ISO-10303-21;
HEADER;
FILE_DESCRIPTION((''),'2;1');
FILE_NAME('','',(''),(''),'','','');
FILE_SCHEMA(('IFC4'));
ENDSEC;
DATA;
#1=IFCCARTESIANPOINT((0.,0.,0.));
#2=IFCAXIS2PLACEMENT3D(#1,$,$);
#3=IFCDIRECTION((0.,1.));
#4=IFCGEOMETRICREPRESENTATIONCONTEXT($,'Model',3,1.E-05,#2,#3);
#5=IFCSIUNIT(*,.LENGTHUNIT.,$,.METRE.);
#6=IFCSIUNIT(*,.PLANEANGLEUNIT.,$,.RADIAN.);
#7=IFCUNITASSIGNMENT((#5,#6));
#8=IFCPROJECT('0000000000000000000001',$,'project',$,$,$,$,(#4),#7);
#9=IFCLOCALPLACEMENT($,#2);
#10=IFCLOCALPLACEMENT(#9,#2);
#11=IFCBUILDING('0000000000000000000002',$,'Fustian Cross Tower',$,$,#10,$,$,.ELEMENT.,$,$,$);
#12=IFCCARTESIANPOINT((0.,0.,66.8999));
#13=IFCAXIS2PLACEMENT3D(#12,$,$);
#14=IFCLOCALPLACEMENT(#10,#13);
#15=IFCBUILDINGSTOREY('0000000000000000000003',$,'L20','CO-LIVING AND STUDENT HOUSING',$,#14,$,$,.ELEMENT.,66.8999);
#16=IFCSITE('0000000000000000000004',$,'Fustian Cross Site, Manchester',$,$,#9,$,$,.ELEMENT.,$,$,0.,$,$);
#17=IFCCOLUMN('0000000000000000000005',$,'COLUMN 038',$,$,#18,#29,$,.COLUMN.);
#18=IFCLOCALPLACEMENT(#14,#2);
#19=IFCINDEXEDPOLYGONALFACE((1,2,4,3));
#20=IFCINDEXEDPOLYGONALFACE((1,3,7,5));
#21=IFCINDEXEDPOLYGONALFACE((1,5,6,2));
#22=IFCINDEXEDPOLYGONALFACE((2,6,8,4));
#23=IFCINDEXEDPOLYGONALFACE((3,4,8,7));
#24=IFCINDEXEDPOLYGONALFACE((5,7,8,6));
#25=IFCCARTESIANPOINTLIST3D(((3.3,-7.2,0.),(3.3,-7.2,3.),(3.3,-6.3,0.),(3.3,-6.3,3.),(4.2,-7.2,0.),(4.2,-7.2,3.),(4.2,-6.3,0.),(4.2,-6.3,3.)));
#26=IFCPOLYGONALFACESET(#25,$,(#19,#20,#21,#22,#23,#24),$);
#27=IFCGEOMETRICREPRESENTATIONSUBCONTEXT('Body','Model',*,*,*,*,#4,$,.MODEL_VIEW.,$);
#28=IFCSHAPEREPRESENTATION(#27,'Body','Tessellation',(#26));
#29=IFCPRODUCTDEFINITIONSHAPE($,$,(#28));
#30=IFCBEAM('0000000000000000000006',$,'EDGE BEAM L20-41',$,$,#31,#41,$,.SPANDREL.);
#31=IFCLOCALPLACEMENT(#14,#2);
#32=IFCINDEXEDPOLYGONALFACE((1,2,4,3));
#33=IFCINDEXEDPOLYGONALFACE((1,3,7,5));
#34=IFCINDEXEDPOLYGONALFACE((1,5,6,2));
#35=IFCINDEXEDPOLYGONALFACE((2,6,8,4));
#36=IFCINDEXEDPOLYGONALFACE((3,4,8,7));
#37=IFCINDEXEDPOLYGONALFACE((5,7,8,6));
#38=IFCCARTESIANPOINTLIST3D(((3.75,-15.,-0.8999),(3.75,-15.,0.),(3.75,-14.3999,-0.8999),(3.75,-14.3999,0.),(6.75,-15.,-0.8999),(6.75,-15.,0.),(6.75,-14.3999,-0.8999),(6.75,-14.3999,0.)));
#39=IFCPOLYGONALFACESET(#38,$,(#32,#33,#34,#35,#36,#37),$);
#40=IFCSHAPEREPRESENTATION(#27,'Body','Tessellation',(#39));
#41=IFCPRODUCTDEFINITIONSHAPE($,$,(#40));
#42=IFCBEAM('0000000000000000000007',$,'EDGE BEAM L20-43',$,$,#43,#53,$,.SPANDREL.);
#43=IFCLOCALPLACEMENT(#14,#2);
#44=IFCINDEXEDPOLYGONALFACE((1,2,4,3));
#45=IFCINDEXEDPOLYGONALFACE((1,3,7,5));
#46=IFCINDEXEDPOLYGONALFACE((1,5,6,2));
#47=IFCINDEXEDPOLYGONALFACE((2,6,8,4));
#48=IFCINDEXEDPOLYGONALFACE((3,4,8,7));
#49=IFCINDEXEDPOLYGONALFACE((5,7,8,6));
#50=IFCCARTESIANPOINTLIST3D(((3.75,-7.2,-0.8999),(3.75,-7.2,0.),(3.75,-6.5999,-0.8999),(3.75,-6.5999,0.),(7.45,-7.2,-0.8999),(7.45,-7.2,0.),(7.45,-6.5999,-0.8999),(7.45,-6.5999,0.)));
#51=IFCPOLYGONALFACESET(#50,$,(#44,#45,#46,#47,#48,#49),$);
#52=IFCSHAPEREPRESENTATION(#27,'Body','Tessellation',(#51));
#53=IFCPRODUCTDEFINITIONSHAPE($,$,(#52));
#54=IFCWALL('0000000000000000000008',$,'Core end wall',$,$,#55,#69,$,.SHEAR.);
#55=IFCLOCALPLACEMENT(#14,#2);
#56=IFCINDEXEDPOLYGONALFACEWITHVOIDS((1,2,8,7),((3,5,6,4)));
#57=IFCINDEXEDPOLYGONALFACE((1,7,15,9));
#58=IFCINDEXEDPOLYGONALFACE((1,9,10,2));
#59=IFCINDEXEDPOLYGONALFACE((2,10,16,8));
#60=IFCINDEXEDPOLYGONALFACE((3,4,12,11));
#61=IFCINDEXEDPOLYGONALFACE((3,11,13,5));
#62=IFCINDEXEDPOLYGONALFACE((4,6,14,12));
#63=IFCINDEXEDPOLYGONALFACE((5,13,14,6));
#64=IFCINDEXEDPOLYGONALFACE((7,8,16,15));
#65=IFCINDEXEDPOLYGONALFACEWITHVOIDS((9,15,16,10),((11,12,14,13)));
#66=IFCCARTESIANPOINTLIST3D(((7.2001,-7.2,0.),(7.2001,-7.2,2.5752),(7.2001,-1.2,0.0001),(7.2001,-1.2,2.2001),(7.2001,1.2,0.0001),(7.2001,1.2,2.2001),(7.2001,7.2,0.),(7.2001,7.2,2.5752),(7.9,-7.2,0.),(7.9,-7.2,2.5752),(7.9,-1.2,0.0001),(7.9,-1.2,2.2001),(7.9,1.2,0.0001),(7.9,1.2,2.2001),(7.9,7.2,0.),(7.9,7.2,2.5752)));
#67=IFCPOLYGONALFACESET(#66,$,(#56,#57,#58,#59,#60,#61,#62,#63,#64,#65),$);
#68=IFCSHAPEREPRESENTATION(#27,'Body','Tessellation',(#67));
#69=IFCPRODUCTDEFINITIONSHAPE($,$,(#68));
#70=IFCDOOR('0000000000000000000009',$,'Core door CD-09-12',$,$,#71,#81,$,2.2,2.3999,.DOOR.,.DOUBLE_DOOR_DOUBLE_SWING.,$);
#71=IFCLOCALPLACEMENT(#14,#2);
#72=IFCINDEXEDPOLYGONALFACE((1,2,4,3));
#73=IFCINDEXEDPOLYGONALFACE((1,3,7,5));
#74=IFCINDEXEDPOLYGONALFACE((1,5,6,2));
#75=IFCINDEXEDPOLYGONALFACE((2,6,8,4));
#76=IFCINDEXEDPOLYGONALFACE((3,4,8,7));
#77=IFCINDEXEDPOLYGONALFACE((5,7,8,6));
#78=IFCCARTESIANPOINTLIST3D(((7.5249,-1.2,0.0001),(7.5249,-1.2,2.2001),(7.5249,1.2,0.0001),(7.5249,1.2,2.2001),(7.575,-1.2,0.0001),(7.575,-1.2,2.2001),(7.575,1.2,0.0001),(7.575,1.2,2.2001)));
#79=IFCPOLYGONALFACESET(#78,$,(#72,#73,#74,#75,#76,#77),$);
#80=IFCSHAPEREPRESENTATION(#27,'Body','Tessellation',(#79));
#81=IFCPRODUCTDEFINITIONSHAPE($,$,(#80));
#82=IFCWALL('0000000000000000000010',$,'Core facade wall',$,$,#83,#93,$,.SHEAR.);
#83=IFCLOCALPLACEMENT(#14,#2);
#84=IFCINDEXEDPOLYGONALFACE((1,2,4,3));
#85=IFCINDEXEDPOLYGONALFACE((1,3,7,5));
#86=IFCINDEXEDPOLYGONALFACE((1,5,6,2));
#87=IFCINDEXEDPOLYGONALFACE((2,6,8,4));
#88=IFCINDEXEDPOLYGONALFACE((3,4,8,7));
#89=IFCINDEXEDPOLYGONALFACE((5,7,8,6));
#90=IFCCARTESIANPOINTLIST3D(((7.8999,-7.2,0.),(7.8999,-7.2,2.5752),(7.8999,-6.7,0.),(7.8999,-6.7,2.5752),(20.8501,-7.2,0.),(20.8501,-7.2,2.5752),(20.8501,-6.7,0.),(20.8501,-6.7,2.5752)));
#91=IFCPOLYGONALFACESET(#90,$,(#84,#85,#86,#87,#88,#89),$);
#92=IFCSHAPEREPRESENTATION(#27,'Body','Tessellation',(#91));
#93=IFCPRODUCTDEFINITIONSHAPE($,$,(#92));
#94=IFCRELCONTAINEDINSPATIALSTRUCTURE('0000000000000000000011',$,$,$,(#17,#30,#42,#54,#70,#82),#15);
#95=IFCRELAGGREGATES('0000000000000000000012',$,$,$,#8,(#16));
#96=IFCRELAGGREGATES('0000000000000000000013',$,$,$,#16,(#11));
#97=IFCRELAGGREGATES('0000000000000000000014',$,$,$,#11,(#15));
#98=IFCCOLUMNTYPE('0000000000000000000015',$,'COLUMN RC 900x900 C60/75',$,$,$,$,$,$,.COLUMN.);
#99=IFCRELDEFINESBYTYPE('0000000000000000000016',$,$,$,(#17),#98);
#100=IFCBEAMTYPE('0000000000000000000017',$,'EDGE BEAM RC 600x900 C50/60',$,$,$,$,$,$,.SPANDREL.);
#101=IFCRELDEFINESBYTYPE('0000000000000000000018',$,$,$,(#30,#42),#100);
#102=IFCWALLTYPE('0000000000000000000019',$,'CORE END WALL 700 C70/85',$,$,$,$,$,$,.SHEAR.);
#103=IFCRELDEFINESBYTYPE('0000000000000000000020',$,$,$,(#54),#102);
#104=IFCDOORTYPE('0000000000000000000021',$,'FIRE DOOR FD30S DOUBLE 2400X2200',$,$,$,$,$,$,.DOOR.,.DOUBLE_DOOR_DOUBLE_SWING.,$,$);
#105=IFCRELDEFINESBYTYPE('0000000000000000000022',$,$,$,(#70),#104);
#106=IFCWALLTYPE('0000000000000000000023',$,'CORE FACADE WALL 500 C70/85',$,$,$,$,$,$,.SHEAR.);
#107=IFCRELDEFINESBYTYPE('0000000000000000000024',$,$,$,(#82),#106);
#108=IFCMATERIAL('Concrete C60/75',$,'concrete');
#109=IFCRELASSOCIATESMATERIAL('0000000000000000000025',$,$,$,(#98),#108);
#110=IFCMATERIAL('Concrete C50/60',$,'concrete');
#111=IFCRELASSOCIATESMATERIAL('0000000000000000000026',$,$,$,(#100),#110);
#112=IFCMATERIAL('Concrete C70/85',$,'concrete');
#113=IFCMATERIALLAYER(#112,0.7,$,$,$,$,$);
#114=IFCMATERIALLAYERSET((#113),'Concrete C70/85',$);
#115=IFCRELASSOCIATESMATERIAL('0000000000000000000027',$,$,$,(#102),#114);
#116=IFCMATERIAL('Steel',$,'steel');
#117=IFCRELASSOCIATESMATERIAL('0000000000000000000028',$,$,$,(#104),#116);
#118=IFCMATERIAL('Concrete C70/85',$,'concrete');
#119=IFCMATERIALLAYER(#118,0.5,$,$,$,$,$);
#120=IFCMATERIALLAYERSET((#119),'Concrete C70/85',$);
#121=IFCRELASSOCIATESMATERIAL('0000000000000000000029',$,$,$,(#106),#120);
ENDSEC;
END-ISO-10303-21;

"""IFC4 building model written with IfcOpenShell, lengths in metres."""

from ifc_helpers import new_model, si_unit, direction, frame, frame_2d, origin, origin_2d, place, context, subcontext, project, spatial, rectangle, extrude, material, layer, layer_set, material_profile, profile_set, type_object, element, fill, save


model = new_model("IFC4")

# Units and contexts
model_context = context("Model", 3, precision=1e-05, world=origin(), true_north=direction((0.0, 1.0)))
body_context = subcontext(model_context, "Body", "Model", "MODEL_VIEW")
ifc_project = project(units=[si_unit("LENGTHUNIT", "METRE"), si_unit("PLANEANGLEUNIT", "RADIAN")], contexts=[model_context])

# Site, building, storey
site_placement = place(None, origin())
site = spatial("IfcSite", under=ifc_project, at=site_placement, Name="Fustian Cross Site, Manchester", CompositionType="ELEMENT", RefElevation=0.0)
building_placement = place(site_placement, origin())
building = spatial("IfcBuilding", under=site, at=building_placement, Name="Fustian Cross Tower", CompositionType="ELEMENT")
storey_placement = place(building_placement, frame((0.0, 0.0, 66.8999)))
storey = spatial("IfcBuildingStorey", under=building, at=storey_placement, Name="L20", Description="CO-LIVING AND STUDENT HOUSING", CompositionType="ELEMENT", Elevation=66.8999)

# Column
ifc_material_1 = material(Name="Concrete C60/75", Category="concrete")
ifc_material_profile_1 = material_profile(ifc_material_1, rectangle(XDim=0.8999, YDim=0.8999, at=origin_2d()), Name="RC 900x900")
ifc_profile_set_1 = profile_set([ifc_material_profile_1], Name="Concrete C60/75")
column_type = type_object("IfcColumnType", Name="COLUMN RC 900x900 C60/75", PredefinedType="COLUMN", material=ifc_profile_set_1)
column_placement = place(storey_placement, frame((3.75, -6.75, 0.0), z_axis=(0.0, 0.0, 1.0), x_axis=(1.0, 0.0, 0.0)))
element("IfcColumn", 1, at=column_placement, inside=storey, type_object=column_type, Name="COLUMN 038", PredefinedType="COLUMN", context=body_context, shape_type="SweptSolid", body=[
    extrude(rectangle(XDim=0.8999, YDim=0.8999, at=origin_2d()), origin(), (0.0, 0.0, 1.0), 3.0),
])

# Beams
ifc_material_2 = material(Name="Concrete C50/60", Category="concrete")
ifc_material_profile_2 = material_profile(ifc_material_2, rectangle(XDim=0.6001, YDim=0.8999, at=origin_2d()), Name="RC 600x900")
ifc_profile_set_2 = profile_set([ifc_material_profile_2], Name="Concrete C50/60")
beam_type = type_object("IfcBeamType", Name="EDGE BEAM RC 600x900 C50/60", PredefinedType="SPANDREL", material=ifc_profile_set_2)
beam_1_placement = place(storey_placement, frame((6.75, -14.7, -0.45), z_axis=(-1.0, 0.0, 0.0), x_axis=(0.0, -1.0, 0.0)))
element("IfcBeam", 2, at=beam_1_placement, inside=storey, type_object=beam_type, Name="EDGE BEAM L20-41", PredefinedType="SPANDREL", context=body_context, shape_type="SweptSolid", body=[
    extrude(rectangle(XDim=0.6001, YDim=0.8999, at=origin_2d()), origin(), (0.0, 0.0, 1.0), 3.0),
])
beam_2_placement = place(storey_placement, frame((3.75, -6.8999, -0.45), z_axis=(1.0, 0.0, 0.0), x_axis=(0.0, 1.0, 0.0)))
element("IfcBeam", 3, at=beam_2_placement, inside=storey, type_object=beam_type, Name="EDGE BEAM L20-43", PredefinedType="SPANDREL", context=body_context, shape_type="SweptSolid", body=[
    extrude(rectangle(XDim=0.6001, YDim=0.8999, at=origin_2d()), origin(), (0.0, 0.0, 1.0), 3.7),
])

# Wall, opening, door
ifc_material_3 = material(Name="Concrete C70/85", Category="concrete")
ifc_layer_1 = layer(ifc_material_3, 0.7)
ifc_layer_set_1 = layer_set([ifc_layer_1], Name="Concrete C70/85")
wall_type_1 = type_object("IfcWallType", Name="CORE END WALL 700 C70/85", PredefinedType="SHEAR", material=ifc_layer_set_1)
wall_1_placement = place(storey_placement, frame((7.55, -7.2, 0.0), z_axis=(0.0, 0.0, 1.0), x_axis=(0.0, 1.0, 0.0)))
wall_1 = element("IfcWall", 4, at=wall_1_placement, inside=storey, type_object=wall_type_1, Name="Core end wall", PredefinedType="SHEAR", context=body_context, shape_type="SweptSolid", body=[
    extrude(rectangle(XDim=14.3999, YDim=0.7, at=frame_2d((7.2, 0.0))), origin(), (0.0, 0.0, 1.0), 2.5752),
])
opening_1_placement = place(wall_1_placement, frame((6.0, 0.0, 0.0)))
opening_1 = element("IfcOpeningElement", 5, at=opening_1_placement, cuts=wall_1, PredefinedType="OPENING", context=body_context, shape_type="SweptSolid", body=[
    extrude(rectangle(XDim=2.3999, YDim=2.2, at=frame_2d((1.2, 1.1001))), frame((0.0, 0.3599, 0.0), z_axis=(0.0, -1.0, 0.0), x_axis=(1.0, 0.0, 0.0)), (0.0, 0.0, 1.0), 0.72),
])
ifc_material_4 = material(Name="Steel", Category="steel")
door_type_1 = type_object("IfcDoorType", Name="FIRE DOOR FD30S DOUBLE 2400X2200", OperationType="DOUBLE_DOOR_DOUBLE_SWING", PredefinedType="DOOR", material=ifc_material_4)
door_1_placement = place(opening_1_placement, frame((2.3999, 0.0, 0.0), z_axis=(0.0, 0.0, 1.0), x_axis=(-1.0, 0.0, 0.0)))
door_1 = element("IfcDoor", 6, at=door_1_placement, inside=storey, type_object=door_type_1, Name="Core door CD-09-12", OperationType="DOUBLE_DOOR_DOUBLE_SWING", OverallHeight=2.2, OverallWidth=2.3999, PredefinedType="DOOR", context=body_context, shape_type="SweptSolid", body=[
    extrude(rectangle(XDim=2.3999, YDim=2.2, at=frame_2d((1.2, 1.1001))), frame((0.0, 0.0249, 0.0), z_axis=(0.0, -1.0, 0.0), x_axis=(1.0, 0.0, 0.0)), (0.0, 0.0, 1.0), 0.05),
])
fill(opening_1, door_1)

# Wall
ifc_material_5 = material(Name="Concrete C70/85", Category="concrete")
ifc_layer_2 = layer(ifc_material_5, 0.5)
ifc_layer_set_2 = layer_set([ifc_layer_2], Name="Concrete C70/85")
wall_type_2 = type_object("IfcWallType", Name="CORE FACADE WALL 500 C70/85", PredefinedType="SHEAR", material=ifc_layer_set_2)
wall_2_placement = place(storey_placement, frame((7.8999, -6.95, 0.0), z_axis=(0.0, 0.0, 1.0), x_axis=(1.0, 0.0, 0.0)))
element("IfcWall", 7, at=wall_2_placement, inside=storey, type_object=wall_type_2, Name="Core facade wall", PredefinedType="SHEAR", context=body_context, shape_type="SweptSolid", body=[
    extrude(rectangle(XDim=12.9502, YDim=0.5, at=frame_2d((6.4751, 0.0))), origin(), (0.0, 0.0, 1.0), 2.5752),
])

save(model, "model.ifc")
